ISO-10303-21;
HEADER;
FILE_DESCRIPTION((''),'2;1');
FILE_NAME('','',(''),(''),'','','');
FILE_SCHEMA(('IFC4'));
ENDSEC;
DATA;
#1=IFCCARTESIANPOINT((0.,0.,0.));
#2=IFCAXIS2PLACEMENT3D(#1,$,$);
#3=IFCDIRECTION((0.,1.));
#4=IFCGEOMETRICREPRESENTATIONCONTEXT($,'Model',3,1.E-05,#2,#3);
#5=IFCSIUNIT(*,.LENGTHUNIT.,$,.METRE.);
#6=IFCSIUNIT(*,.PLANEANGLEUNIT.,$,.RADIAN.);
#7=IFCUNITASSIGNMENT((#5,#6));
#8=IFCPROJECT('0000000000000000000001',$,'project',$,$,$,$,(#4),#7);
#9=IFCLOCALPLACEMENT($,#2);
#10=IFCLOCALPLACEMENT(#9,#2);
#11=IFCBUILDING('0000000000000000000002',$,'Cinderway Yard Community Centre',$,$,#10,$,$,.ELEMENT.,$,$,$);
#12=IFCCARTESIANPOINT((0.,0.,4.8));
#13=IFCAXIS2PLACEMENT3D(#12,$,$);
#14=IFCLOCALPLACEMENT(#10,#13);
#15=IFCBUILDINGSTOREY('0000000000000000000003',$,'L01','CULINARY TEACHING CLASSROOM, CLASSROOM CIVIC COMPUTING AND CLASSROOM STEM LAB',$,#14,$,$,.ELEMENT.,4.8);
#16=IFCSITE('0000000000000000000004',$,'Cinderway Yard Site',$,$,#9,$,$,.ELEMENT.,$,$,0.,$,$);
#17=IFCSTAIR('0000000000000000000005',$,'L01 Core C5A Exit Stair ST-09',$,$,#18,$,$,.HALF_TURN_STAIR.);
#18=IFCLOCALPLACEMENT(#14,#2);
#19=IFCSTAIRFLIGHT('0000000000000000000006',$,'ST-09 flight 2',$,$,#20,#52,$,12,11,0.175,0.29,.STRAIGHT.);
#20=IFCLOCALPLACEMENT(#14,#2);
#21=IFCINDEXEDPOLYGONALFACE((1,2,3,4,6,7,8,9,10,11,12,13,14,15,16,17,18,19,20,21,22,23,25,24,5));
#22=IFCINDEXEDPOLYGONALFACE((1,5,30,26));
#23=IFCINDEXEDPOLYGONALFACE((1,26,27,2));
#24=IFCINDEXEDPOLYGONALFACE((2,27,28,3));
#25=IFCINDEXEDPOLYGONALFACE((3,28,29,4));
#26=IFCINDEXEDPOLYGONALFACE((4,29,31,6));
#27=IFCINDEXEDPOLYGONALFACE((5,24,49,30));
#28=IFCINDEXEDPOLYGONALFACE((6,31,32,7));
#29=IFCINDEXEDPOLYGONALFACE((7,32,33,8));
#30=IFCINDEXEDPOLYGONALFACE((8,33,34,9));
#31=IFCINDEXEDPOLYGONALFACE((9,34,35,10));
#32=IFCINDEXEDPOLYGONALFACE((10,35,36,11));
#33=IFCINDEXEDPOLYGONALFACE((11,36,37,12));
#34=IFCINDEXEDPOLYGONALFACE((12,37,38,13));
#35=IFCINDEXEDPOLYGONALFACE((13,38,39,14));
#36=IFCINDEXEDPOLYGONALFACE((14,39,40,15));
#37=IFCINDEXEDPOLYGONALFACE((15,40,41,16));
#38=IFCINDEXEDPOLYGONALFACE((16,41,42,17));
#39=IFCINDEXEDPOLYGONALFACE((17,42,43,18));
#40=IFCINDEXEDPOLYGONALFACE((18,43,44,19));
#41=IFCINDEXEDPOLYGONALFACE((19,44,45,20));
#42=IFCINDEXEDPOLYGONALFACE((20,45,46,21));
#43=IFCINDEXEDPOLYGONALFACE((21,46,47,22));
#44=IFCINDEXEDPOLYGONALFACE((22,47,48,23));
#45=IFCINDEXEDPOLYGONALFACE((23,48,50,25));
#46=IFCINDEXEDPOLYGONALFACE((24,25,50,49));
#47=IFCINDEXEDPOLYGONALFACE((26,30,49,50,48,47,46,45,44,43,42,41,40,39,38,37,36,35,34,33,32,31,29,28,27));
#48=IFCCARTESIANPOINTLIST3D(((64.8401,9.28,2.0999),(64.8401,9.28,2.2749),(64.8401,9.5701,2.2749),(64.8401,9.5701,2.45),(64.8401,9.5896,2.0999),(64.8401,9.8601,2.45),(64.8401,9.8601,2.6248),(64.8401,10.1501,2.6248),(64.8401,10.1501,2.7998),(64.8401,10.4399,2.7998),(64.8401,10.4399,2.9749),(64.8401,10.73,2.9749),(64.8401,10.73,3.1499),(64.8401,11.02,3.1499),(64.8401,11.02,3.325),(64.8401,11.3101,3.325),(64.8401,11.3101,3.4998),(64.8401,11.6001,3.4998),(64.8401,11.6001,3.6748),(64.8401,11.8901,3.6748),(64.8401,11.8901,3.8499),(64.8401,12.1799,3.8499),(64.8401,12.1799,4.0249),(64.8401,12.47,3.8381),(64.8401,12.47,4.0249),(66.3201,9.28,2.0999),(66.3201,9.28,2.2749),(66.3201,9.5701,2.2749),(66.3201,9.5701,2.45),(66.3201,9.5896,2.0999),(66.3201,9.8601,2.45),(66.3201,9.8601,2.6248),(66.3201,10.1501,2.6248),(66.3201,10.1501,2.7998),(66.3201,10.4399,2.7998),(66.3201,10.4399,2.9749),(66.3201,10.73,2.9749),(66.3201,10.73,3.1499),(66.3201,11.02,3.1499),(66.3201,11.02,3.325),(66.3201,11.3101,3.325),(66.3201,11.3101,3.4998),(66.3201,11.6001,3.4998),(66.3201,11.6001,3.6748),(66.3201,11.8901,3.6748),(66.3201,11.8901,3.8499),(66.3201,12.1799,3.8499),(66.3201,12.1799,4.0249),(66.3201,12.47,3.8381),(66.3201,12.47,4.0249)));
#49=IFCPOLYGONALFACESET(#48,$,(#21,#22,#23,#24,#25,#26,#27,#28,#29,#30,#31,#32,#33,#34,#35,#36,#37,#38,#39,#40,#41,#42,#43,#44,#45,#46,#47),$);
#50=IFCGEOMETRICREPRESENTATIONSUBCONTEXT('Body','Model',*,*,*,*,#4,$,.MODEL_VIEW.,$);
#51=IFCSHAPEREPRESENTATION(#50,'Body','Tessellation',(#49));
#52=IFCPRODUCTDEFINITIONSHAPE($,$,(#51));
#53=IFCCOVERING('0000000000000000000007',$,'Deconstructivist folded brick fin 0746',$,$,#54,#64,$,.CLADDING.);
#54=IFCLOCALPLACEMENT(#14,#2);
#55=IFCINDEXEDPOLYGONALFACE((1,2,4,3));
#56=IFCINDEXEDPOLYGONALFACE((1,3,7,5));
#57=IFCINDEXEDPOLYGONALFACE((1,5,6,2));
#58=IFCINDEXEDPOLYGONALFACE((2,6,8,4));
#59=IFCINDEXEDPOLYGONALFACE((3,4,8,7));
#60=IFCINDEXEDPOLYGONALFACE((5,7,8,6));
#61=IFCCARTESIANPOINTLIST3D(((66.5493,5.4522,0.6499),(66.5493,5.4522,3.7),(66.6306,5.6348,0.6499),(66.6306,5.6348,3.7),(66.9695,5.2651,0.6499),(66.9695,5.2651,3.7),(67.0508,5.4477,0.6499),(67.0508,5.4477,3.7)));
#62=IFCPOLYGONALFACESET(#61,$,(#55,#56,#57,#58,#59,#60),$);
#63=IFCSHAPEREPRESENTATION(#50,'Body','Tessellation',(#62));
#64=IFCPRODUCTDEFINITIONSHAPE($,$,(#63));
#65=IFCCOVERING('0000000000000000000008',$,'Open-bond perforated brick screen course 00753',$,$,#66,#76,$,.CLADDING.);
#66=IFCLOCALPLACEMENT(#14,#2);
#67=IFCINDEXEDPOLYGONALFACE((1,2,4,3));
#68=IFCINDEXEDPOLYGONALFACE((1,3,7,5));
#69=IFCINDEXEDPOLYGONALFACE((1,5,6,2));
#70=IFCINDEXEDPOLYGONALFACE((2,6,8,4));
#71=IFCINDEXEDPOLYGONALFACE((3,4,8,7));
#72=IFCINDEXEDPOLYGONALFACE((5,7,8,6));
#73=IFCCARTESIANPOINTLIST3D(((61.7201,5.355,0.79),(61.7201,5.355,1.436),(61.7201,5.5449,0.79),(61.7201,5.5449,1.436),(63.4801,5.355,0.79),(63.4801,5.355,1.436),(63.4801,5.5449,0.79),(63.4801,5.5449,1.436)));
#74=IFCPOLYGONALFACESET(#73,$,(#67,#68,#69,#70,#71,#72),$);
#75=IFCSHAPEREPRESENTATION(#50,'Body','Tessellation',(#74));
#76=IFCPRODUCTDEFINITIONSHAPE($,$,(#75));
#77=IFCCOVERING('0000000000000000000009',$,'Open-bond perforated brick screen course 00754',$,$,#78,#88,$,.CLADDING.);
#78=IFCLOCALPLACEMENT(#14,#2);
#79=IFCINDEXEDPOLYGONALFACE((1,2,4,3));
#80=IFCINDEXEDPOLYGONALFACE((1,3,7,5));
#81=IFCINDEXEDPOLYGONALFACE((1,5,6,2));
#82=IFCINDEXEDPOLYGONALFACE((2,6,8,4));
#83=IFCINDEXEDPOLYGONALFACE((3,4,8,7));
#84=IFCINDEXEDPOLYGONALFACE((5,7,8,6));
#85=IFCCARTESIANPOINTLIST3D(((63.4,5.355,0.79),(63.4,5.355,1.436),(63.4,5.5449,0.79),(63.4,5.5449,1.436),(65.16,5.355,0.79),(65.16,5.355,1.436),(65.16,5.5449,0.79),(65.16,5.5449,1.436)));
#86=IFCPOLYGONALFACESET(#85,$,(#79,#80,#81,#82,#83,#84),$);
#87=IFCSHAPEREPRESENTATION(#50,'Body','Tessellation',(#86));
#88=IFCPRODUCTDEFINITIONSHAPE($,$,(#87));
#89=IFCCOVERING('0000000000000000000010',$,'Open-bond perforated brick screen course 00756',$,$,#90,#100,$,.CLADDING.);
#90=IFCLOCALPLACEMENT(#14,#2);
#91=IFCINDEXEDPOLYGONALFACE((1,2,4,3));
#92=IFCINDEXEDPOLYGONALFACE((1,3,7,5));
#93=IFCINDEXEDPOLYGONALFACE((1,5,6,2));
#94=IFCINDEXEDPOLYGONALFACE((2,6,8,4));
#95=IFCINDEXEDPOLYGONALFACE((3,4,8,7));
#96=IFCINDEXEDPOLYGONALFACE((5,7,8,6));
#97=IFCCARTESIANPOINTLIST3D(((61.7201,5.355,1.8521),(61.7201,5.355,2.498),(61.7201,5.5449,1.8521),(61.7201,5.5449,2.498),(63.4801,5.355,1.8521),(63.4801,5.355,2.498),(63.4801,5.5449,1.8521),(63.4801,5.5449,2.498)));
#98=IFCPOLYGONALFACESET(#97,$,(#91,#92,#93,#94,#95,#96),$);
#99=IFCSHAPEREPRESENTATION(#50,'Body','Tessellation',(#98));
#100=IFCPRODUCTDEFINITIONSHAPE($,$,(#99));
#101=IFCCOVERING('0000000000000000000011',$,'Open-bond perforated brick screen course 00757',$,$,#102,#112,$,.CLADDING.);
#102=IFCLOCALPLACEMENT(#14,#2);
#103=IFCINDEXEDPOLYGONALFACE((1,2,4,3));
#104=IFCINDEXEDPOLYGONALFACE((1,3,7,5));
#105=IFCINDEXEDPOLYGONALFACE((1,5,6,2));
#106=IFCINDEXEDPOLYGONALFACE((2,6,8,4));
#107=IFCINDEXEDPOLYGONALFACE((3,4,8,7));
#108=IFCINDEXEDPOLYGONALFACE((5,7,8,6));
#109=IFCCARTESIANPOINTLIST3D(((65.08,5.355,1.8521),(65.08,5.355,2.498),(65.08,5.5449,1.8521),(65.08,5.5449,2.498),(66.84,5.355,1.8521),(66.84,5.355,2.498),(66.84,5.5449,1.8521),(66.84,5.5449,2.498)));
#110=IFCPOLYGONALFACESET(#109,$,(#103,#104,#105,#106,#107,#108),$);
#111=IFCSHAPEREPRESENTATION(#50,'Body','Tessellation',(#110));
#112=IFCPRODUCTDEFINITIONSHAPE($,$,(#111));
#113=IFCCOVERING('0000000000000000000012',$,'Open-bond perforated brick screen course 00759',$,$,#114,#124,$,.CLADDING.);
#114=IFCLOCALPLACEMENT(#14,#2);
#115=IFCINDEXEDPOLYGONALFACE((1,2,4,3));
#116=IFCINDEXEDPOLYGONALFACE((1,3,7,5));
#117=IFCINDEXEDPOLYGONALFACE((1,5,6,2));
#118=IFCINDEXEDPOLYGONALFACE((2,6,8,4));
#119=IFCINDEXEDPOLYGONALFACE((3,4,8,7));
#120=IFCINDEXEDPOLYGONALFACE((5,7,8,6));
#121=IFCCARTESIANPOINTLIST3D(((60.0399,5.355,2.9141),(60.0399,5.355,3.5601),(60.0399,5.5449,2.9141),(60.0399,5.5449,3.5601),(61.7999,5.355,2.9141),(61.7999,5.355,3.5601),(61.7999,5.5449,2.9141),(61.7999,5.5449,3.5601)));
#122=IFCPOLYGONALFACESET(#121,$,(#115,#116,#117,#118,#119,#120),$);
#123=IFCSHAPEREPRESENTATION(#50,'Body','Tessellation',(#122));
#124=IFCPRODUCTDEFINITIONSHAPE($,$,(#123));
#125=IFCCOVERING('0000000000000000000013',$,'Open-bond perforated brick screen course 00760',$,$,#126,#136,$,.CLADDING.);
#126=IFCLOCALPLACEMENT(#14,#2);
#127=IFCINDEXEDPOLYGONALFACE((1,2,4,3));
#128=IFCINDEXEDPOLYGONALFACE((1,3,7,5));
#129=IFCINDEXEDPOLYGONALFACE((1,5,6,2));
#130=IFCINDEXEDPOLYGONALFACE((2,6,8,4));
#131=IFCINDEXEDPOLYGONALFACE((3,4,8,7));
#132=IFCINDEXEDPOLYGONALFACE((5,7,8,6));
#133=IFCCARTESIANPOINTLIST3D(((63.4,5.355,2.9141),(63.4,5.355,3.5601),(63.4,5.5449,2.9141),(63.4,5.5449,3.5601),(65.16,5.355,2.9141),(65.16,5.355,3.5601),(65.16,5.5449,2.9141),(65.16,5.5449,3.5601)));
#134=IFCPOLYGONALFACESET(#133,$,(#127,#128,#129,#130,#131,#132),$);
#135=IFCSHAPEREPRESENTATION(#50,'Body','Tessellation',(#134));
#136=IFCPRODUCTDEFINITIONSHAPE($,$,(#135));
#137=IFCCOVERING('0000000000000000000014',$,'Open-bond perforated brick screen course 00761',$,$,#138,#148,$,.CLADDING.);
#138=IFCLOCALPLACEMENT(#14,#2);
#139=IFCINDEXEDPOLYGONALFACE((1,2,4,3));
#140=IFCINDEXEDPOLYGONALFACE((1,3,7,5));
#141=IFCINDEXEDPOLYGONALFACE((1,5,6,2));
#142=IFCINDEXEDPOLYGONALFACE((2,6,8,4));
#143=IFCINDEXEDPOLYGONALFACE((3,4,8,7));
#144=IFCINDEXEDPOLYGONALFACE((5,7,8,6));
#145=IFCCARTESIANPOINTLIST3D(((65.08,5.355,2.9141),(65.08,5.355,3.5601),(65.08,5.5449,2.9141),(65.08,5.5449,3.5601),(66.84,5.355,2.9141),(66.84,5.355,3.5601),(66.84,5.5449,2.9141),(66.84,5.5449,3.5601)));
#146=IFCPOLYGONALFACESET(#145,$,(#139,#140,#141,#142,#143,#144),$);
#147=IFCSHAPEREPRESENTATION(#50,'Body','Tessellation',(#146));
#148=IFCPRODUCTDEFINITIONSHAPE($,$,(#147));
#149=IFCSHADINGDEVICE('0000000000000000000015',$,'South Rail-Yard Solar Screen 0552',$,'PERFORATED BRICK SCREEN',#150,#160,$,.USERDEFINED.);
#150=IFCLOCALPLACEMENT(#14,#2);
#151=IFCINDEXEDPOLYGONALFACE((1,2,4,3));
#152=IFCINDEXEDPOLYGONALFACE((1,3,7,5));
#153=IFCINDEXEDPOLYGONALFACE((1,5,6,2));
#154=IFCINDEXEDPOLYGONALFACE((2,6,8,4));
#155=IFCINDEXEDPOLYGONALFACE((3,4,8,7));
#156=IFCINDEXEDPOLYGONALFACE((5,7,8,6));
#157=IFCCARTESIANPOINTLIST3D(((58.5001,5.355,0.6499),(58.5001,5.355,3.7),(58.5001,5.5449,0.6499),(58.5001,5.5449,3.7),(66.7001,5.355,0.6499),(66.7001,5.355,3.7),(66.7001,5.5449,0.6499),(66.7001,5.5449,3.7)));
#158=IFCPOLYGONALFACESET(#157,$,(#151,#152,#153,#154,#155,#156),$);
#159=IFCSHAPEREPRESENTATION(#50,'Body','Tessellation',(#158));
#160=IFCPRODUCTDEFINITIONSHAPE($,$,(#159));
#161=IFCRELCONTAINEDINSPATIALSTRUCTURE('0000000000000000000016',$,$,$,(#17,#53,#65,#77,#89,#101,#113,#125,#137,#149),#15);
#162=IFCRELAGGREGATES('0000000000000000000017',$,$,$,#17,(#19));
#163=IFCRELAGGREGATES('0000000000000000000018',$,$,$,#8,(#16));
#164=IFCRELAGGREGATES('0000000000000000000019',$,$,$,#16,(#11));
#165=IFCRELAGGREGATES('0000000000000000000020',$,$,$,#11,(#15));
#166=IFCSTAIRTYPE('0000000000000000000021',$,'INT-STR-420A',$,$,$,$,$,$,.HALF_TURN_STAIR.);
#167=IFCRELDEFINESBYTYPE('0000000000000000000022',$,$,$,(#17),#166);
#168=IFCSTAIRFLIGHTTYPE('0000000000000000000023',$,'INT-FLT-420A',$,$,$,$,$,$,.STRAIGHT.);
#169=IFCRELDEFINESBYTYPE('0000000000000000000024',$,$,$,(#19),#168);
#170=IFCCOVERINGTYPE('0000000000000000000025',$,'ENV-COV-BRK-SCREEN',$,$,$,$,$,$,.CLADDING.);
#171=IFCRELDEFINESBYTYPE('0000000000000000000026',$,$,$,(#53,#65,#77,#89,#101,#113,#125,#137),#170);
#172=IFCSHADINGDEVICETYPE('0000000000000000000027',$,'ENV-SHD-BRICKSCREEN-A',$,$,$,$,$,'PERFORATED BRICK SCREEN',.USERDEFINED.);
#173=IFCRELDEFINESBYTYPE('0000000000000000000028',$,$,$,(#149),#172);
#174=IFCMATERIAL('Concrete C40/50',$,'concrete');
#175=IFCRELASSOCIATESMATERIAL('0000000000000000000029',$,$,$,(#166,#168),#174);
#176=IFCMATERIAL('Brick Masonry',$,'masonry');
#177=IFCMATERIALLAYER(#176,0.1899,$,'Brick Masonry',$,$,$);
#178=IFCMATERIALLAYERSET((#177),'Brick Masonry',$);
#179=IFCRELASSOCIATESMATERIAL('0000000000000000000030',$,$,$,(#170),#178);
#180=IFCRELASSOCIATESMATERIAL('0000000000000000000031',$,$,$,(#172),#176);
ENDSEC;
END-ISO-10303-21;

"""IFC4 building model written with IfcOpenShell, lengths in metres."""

from ifc_helpers import new_model, si_unit, direction, frame, origin, origin_2d, place, context, subcontext, project, spatial, polyline, rectangle, outline, extrude, material, layer, layer_set, type_object, element, aggregate, save


model = new_model("IFC4")

# Units and contexts
model_context = context("Model", 3, precision=1e-05, world=origin(), true_north=direction((0.0, 1.0)))
body_context = subcontext(model_context, "Body", "Model", "MODEL_VIEW")
ifc_project = project(units=[si_unit("LENGTHUNIT", "METRE"), si_unit("PLANEANGLEUNIT", "RADIAN")], contexts=[model_context])

# Site, building, storey
site_placement = place(None, origin())
site = spatial("IfcSite", under=ifc_project, at=site_placement, Name="Cinderway Yard Site", CompositionType="ELEMENT", RefElevation=0.0)
building_placement = place(site_placement, origin())
building = spatial("IfcBuilding", under=site, at=building_placement, Name="Cinderway Yard Community Centre", CompositionType="ELEMENT")
storey_placement = place(building_placement, frame((0.0, 0.0, 4.8)))
storey = spatial("IfcBuildingStorey", under=building, at=storey_placement, Name="L01", Description="CULINARY TEACHING CLASSROOM, CLASSROOM CIVIC COMPUTING AND CLASSROOM STEM LAB", CompositionType="ELEMENT", Elevation=4.8)

# Shared definitions
ifc_material_1 = material(Name="Concrete C40/50", Category="concrete")

# Stair, stair flight
stair_type = type_object("IfcStairType", Name="INT-STR-420A", PredefinedType="HALF_TURN_STAIR", material=ifc_material_1)
stair_placement = place(storey_placement, origin())
stair = element("IfcStair", 1, at=stair_placement, inside=storey, type_object=stair_type, Name="L01 Core C5A Exit Stair ST-09", PredefinedType="HALF_TURN_STAIR")
stair_flight_type = type_object("IfcStairFlightType", Name="INT-FLT-420A", PredefinedType="STRAIGHT", material=ifc_material_1)
stair_flight_1_placement = place(storey_placement, frame((65.5801, 9.28, 2.0999), z_axis=(0.0, 0.0, 1.0), x_axis=(0.0, 1.0, 0.0)))
stair_flight_1 = element("IfcStairFlight", 2, at=stair_flight_1_placement, type_object=stair_flight_type, Name="ST-09 flight 2", NumberOfRisers=12, NumberOfTreads=11, PredefinedType="STRAIGHT", RiserHeight=0.175, TreadLength=0.29, context=body_context, shape_type="SweptSolid", body=[
    extrude(outline(polyline([(0.0, 0.0), (0.0, 0.175), (0.29, 0.175), (0.29, 0.3501), (0.5801, 0.3501), (0.5801, 0.5249), (0.8701, 0.5249), (0.8701, 0.7), (1.1599, 0.7), (1.1599, 0.875), (1.45, 0.875), (1.45, 1.05), (1.74, 1.05), (1.74, 1.2251), (2.03, 1.2251), (2.03, 1.3999), (2.3201, 1.3999), (2.3201, 1.575), (2.6101, 1.575), (2.6101, 1.75), (2.8999, 1.75), (2.8999, 1.925), (3.1899, 1.925), (3.1899, 2.1001), (3.1899, 1.7383), (0.3096, 0.0), (0.0, 0.0)])), frame((0.0, 0.74, 0.0), z_axis=(0.0, -1.0, 0.0), x_axis=(1.0, 0.0, 0.0)), (0.0, 0.0, 1.0), 1.48),
])
aggregate(stair, [stair_flight_1])

# Coverings
ifc_material_2 = material(Name="Brick Masonry", Category="masonry")
ifc_layer_1 = layer(ifc_material_2, 0.1899, Name="Brick Masonry")
ifc_layer_set_1 = layer_set([ifc_layer_1], Name="Brick Masonry")
covering_type = type_object("IfcCoveringType", Name="ENV-COV-BRK-SCREEN", PredefinedType="CLADDING", material=ifc_layer_set_1)
covering_placement = place(storey_placement, frame((66.8, 5.45, 0.6499), z_axis=(0.0, 0.0, 1.0), x_axis=(-0.913545, 0.406737, 0.0)))
element("IfcCovering", 3, at=covering_placement, inside=storey, type_object=covering_type, Name="Deconstructivist folded brick fin 0746", PredefinedType="CLADDING", context=body_context, shape_type="SweptSolid", body=[
    extrude(rectangle(XDim=0.46, YDim=0.2, at=origin_2d()), origin(), (0.0, 0.0, 1.0), 3.05),
])
for number, where, z_axis, x_axis, name in (
    (4, (62.6001, 5.45, 0.79), (0.0, 0.0, 1.0), (-1.0, 0.0, 0.0), "Open-bond perforated brick screen course 00753"),
    (5, (64.28, 5.45, 0.79), (0.0, 0.0, 1.0), (-1.0, 0.0, 0.0), "Open-bond perforated brick screen course 00754"),
    (6, (62.6001, 5.45, 1.8521), (0.0, 0.0, 1.0), (-1.0, 0.0, 0.0), "Open-bond perforated brick screen course 00756"),
    (7, (65.96, 5.45, 1.8521), (0.0, 0.0, 1.0), (-1.0, 0.0, 0.0), "Open-bond perforated brick screen course 00757"),
    (8, (60.9199, 5.45, 2.9141), (0.0, 0.0, 1.0), (-1.0, 0.0, 0.0), "Open-bond perforated brick screen course 00759"),
    (9, (64.28, 5.45, 2.9141), (0.0, 0.0, 1.0), (-1.0, 0.0, 0.0), "Open-bond perforated brick screen course 00760"),
    (10, (65.96, 5.45, 2.9141), (0.0, 0.0, 1.0), (-1.0, 0.0, 0.0), "Open-bond perforated brick screen course 00761"),
):
    element("IfcCovering", number, at=place(storey_placement, frame(where, z_axis=z_axis, x_axis=x_axis)), inside=storey, type_object=covering_type, Name=name, PredefinedType="CLADDING", context=body_context, shape_type="SweptSolid", body=[
        extrude(rectangle(XDim=1.76, YDim=0.1899, at=origin_2d()), origin(), (0.0, 0.0, 1.0), 0.646),
    ])

# Shading device
shading_device_type = type_object("IfcShadingDeviceType", Name="ENV-SHD-BRICKSCREEN-A", ElementType="PERFORATED BRICK SCREEN", PredefinedType="USERDEFINED", material=ifc_material_2)
shading_device_placement = place(storey_placement, frame((62.6001, 5.45, 0.6499), z_axis=(0.0, 0.0, 1.0), x_axis=(-1.0, 0.0, 0.0)))
element("IfcShadingDevice", 11, at=shading_device_placement, inside=storey, type_object=shading_device_type, Name="South Rail-Yard Solar Screen 0552", ObjectType="PERFORATED BRICK SCREEN", PredefinedType="USERDEFINED", context=body_context, shape_type="SweptSolid", body=[
    extrude(rectangle(XDim=8.2, YDim=0.1899, at=origin_2d()), origin(), (0.0, 0.0, 1.0), 3.05),
])

save(model, "model.ifc")
